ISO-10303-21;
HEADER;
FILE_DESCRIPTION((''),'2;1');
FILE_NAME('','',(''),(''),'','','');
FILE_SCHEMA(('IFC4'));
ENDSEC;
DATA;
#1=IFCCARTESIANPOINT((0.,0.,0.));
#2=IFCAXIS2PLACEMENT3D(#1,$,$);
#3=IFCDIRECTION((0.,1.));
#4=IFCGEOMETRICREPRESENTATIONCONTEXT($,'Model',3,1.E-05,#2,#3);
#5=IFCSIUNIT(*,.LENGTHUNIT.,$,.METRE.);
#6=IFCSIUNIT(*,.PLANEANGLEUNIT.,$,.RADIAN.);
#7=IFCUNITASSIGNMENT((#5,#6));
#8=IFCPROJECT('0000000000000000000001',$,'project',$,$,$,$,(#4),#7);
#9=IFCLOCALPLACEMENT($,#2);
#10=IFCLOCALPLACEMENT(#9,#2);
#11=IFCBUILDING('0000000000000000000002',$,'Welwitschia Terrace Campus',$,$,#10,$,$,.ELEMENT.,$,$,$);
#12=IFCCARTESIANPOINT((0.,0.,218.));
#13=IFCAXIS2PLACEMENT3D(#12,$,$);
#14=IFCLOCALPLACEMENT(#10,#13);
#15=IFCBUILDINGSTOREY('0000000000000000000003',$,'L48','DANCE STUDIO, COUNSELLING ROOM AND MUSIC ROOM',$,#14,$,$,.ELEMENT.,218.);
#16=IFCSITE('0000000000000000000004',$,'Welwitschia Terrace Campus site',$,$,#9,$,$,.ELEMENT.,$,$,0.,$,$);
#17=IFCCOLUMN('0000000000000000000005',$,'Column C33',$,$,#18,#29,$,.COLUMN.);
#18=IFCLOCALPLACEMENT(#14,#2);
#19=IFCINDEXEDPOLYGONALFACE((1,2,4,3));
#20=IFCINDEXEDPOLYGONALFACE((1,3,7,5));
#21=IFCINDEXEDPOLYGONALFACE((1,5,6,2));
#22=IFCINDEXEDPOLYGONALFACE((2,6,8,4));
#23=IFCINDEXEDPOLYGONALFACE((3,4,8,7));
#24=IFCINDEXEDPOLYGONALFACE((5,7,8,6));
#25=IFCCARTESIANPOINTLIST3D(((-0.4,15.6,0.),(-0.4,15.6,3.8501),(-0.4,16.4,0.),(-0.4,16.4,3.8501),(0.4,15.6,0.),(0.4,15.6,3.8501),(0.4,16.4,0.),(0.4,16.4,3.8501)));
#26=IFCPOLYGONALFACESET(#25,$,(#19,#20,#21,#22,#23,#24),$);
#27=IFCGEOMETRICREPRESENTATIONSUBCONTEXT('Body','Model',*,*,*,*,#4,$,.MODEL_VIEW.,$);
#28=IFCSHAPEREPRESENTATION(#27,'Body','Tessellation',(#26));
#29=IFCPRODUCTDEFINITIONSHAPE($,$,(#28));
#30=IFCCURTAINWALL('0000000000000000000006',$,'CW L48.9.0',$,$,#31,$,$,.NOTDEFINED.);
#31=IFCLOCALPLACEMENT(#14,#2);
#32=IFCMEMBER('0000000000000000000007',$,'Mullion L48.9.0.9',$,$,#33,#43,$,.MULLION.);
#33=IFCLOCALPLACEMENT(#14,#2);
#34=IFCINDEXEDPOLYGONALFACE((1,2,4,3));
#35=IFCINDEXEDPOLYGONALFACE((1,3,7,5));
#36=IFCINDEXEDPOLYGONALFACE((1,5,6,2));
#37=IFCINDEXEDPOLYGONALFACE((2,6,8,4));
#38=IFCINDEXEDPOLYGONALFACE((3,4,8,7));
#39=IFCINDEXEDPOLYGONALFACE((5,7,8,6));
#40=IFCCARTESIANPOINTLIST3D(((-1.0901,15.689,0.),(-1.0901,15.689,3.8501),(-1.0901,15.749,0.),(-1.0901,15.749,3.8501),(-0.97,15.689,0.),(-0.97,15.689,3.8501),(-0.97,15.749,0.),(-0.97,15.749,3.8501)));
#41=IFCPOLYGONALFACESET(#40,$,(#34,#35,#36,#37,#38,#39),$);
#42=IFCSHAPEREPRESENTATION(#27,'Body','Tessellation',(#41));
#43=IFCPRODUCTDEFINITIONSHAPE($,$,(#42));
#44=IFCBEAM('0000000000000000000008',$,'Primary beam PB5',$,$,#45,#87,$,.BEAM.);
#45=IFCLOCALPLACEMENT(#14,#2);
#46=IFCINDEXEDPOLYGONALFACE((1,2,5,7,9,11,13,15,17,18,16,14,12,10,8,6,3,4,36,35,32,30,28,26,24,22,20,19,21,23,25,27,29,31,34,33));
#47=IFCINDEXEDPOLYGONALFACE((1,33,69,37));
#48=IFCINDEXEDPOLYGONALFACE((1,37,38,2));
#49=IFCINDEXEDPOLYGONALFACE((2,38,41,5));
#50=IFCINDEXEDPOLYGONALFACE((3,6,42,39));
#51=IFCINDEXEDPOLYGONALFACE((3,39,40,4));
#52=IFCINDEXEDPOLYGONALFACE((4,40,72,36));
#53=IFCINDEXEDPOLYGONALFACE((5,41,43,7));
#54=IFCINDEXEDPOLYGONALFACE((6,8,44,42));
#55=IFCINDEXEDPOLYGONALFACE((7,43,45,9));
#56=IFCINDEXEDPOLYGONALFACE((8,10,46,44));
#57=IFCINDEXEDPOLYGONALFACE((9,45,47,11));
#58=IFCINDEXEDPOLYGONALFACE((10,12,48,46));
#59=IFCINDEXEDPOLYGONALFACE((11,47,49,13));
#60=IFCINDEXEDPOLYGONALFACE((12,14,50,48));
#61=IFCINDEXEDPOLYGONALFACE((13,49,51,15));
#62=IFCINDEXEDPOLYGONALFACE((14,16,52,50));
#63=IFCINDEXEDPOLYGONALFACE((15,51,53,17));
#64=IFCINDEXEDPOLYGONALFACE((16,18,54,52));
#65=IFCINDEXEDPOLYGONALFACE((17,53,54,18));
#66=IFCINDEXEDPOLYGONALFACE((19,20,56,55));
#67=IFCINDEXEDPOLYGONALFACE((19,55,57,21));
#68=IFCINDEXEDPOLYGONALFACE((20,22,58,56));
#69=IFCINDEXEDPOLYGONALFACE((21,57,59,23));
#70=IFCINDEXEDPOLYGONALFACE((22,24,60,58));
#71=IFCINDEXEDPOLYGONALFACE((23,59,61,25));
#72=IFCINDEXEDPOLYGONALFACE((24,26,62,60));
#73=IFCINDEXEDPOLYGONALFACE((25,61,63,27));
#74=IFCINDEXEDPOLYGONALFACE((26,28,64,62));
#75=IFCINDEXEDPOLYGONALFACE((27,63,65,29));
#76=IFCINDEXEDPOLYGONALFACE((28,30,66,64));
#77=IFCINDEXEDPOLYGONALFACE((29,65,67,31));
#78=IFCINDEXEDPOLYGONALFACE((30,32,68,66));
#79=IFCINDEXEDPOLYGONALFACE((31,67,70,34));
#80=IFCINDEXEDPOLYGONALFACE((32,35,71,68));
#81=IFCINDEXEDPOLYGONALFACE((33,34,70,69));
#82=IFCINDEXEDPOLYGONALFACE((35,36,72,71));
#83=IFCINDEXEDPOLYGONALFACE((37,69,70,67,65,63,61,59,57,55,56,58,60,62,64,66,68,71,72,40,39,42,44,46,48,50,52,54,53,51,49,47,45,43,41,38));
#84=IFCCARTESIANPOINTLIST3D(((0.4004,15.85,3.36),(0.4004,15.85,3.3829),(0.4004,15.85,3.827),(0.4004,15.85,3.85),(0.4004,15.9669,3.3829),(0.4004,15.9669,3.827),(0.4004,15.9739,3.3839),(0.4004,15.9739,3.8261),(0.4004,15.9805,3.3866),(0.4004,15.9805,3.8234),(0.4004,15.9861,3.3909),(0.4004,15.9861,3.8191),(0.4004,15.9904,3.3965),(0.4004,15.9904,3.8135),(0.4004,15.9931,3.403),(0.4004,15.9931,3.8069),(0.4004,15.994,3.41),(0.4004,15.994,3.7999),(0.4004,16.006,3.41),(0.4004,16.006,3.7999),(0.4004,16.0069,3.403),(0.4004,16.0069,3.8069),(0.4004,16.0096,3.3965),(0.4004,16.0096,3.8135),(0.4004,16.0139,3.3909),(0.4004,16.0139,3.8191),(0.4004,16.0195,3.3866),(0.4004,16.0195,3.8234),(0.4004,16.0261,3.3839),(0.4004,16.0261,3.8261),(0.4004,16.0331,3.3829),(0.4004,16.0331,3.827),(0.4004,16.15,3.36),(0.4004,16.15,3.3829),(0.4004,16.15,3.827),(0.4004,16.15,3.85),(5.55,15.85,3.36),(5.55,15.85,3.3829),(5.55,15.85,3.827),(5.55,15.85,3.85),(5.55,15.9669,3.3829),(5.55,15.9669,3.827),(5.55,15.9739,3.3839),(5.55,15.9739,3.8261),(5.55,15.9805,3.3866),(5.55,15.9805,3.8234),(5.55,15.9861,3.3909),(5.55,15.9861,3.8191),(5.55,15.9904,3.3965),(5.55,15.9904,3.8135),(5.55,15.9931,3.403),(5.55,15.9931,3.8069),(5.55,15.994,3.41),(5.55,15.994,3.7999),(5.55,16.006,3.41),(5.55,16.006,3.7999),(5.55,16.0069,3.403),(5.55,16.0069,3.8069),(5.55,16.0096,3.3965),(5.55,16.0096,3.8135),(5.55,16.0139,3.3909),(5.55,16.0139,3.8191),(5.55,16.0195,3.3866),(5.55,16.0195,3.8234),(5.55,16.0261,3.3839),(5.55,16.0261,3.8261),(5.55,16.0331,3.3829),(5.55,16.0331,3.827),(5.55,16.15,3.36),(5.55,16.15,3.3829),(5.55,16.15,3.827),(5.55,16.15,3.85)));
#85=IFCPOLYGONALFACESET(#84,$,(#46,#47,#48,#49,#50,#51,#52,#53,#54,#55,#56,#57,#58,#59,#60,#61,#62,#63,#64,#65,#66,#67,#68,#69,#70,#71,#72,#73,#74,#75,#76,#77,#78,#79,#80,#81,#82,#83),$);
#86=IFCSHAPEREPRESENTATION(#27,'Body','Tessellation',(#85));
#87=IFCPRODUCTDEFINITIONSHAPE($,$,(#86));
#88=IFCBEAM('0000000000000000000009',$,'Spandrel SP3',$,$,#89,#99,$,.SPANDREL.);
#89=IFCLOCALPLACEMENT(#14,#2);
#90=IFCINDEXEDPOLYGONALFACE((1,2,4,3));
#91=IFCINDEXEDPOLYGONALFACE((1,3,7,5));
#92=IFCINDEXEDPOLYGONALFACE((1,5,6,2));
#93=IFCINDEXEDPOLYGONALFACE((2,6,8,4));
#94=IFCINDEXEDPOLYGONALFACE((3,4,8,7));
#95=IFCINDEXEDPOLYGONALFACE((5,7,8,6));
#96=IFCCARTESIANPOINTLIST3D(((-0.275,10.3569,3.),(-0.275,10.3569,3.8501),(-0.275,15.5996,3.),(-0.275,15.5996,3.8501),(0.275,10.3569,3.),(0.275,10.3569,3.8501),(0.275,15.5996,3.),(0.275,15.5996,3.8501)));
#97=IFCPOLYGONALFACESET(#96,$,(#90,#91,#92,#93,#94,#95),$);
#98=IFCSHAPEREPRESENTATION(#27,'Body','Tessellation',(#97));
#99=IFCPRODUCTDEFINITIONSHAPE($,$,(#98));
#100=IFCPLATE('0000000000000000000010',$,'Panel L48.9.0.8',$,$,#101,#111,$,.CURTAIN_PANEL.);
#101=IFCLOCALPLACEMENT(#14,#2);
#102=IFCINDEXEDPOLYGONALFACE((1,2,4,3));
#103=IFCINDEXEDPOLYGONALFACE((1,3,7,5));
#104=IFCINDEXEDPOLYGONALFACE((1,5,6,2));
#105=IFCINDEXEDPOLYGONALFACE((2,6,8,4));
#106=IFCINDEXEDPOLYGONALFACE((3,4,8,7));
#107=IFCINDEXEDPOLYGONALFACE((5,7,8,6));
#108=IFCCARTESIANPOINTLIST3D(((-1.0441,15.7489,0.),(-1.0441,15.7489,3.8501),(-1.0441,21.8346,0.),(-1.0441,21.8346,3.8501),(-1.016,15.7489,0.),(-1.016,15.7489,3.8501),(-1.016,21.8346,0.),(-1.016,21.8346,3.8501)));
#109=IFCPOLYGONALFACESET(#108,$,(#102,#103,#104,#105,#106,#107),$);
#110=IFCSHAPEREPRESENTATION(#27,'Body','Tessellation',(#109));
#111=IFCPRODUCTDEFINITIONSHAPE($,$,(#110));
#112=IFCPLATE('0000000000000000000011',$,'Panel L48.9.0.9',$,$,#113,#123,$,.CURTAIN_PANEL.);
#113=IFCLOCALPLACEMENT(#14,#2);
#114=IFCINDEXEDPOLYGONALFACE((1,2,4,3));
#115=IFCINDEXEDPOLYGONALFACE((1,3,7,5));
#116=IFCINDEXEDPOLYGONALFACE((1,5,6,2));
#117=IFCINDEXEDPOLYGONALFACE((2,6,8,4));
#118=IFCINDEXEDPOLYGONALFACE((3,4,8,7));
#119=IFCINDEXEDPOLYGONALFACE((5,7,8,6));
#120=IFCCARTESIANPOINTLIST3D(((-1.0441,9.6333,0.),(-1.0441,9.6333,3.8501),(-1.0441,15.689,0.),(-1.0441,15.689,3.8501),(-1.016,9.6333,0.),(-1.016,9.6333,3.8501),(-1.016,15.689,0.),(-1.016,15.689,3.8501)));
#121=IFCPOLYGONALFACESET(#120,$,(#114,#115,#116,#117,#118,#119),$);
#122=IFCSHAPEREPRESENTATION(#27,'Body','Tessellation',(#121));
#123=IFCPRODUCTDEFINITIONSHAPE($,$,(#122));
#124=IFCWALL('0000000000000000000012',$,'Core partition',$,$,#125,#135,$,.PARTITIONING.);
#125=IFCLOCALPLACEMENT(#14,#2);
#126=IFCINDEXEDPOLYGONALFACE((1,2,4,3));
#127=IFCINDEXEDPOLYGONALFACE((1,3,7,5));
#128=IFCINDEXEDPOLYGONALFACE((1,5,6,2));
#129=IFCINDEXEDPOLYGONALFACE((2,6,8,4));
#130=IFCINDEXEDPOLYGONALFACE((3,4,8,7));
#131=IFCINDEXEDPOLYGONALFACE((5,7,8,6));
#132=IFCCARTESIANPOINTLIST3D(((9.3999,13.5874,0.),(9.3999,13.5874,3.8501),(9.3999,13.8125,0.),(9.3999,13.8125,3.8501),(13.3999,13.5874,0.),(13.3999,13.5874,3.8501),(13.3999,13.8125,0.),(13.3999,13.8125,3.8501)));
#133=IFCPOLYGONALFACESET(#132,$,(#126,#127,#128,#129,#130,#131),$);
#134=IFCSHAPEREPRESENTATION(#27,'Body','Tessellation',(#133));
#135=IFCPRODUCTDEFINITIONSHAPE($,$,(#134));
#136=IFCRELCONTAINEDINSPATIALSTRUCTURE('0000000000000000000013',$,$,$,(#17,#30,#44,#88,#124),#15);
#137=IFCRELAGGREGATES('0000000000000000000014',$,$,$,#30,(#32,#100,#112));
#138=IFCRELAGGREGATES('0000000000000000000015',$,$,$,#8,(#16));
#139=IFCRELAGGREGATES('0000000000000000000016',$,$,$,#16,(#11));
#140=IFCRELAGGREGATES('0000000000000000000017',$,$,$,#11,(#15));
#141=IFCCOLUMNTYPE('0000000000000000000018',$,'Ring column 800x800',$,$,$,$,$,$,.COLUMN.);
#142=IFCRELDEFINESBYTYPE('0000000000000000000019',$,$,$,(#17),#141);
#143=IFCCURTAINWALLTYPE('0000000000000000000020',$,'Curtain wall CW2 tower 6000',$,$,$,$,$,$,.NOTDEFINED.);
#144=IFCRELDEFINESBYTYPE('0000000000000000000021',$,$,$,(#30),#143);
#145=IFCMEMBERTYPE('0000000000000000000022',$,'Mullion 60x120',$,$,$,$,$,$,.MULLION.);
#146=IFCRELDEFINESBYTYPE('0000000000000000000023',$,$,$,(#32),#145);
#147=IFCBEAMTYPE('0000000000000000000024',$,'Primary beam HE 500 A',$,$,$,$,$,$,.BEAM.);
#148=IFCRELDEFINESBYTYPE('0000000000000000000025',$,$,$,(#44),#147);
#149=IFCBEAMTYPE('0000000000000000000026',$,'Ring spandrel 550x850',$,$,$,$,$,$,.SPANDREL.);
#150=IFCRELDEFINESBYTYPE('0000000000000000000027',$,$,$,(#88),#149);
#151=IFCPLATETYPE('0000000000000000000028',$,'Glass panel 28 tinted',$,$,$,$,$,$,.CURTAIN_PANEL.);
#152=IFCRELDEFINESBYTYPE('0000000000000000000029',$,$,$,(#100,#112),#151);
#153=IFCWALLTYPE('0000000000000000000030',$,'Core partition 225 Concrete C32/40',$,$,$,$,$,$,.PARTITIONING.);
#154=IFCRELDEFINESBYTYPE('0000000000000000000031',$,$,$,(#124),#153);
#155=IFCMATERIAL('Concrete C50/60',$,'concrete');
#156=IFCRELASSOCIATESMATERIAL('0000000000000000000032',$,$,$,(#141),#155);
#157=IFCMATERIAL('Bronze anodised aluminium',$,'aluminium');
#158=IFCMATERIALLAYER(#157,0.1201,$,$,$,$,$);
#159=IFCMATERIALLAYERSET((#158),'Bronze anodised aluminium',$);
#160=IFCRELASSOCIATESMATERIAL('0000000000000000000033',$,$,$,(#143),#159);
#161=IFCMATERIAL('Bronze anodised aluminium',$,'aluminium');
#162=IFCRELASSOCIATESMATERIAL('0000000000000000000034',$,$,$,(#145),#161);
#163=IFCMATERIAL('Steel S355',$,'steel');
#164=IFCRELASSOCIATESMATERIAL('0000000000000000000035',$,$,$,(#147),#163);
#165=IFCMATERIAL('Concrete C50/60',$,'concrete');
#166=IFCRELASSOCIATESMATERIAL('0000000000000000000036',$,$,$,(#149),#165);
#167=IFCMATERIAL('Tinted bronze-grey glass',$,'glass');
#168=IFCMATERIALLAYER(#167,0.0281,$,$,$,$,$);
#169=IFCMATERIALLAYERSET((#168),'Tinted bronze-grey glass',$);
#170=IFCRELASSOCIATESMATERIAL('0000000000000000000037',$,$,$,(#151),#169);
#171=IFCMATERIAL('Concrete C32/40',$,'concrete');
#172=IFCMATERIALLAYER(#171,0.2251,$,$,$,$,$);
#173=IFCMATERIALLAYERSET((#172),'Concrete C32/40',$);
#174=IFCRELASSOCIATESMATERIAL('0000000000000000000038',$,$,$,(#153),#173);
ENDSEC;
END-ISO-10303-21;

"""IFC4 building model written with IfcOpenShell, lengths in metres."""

from ifc_helpers import new_model, si_unit, direction, frame, frame_2d, origin, origin_2d, place, context, subcontext, project, spatial, rectangle, i_section, extrude, material, layer, layer_set, material_profile, profile_set, type_object, element, aggregate, save


model = new_model("IFC4")

# Units and contexts
model_context = context("Model", 3, precision=1e-05, world=origin(), true_north=direction((0.0, 1.0)))
body_context = subcontext(model_context, "Body", "Model", "MODEL_VIEW")
ifc_project = project(units=[si_unit("LENGTHUNIT", "METRE"), si_unit("PLANEANGLEUNIT", "RADIAN")], contexts=[model_context])

# Site, building, storey
site_placement = place(None, origin())
site = spatial("IfcSite", under=ifc_project, at=site_placement, Name="Welwitschia Terrace Campus site", CompositionType="ELEMENT", RefElevation=0.0)
building_placement = place(site_placement, origin())
building = spatial("IfcBuilding", under=site, at=building_placement, Name="Welwitschia Terrace Campus", CompositionType="ELEMENT")
storey_placement = place(building_placement, frame((0.0, 0.0, 218.0)))
storey = spatial("IfcBuildingStorey", under=building, at=storey_placement, Name="L48", Description="DANCE STUDIO, COUNSELLING ROOM AND MUSIC ROOM", CompositionType="ELEMENT", Elevation=218.0)

# Column
ifc_material_1 = material(Name="Concrete C50/60", Category="concrete")
ifc_material_profile_1 = material_profile(ifc_material_1, rectangle(XDim=0.8, YDim=0.8, at=origin_2d()))
ifc_profile_set_1 = profile_set([ifc_material_profile_1], Name="Concrete C50/60")
column_type = type_object("IfcColumnType", Name="Ring column 800x800", PredefinedType="COLUMN", material=ifc_profile_set_1)
column_placement = place(storey_placement, frame((0.0, 16.0, 0.0), z_axis=(0.0, 0.0, 1.0), x_axis=(1.0, 0.0, 0.0)))
element("IfcColumn", 1, at=column_placement, inside=storey, type_object=column_type, Name="Column C33", PredefinedType="COLUMN", context=body_context, shape_type="SweptSolid", body=[
    extrude(rectangle(XDim=0.8, YDim=0.8, at=origin_2d()), origin(), (0.0, 0.0, 1.0), 3.8501),
])

# Curtain wall, member
ifc_material_2 = material(Name="Bronze anodised aluminium", Category="aluminium")
ifc_layer_1 = layer(ifc_material_2, 0.1201)
ifc_layer_set_1 = layer_set([ifc_layer_1], Name="Bronze anodised aluminium")
curtain_wall_type = type_object("IfcCurtainWallType", Name="Curtain wall CW2 tower 6000", PredefinedType="NOTDEFINED", material=ifc_layer_set_1)
curtain_wall_placement = place(storey_placement, origin())
curtain_wall = element("IfcCurtainWall", 2, at=curtain_wall_placement, inside=storey, type_object=curtain_wall_type, Name="CW L48.9.0", PredefinedType="NOTDEFINED")
ifc_material_3 = material(Name="Bronze anodised aluminium", Category="aluminium")
ifc_material_profile_2 = material_profile(ifc_material_3, rectangle(XDim=0.1201, YDim=0.0601, at=origin_2d()))
ifc_profile_set_2 = profile_set([ifc_material_profile_2], Name="Bronze anodised aluminium")
member_type = type_object("IfcMemberType", Name="Mullion 60x120", PredefinedType="MULLION", material=ifc_profile_set_2)
member_placement = place(storey_placement, frame((-1.03, 15.719, 0.0), z_axis=(0.0, 0.0, 1.0), x_axis=(1.0, 0.0, 0.0)))
member = element("IfcMember", 3, at=member_placement, type_object=member_type, Name="Mullion L48.9.0.9", PredefinedType="MULLION", context=body_context, shape_type="SweptSolid", body=[
    extrude(rectangle(XDim=0.1201, YDim=0.0601, at=origin_2d()), origin(), (0.0, 0.0, 1.0), 3.8501),
])

# Beams
ifc_material_4 = material(Name="Steel S355", Category="steel")
ifc_material_profile_3 = material_profile(ifc_material_4, i_section(OverallWidth=0.3, OverallDepth=0.49, WebThickness=0.012, FlangeThickness=0.0229, FilletRadius=0.0271, at=origin_2d()))
ifc_profile_set_3 = profile_set([ifc_material_profile_3], Name="Steel S355")
beam_type_1 = type_object("IfcBeamType", Name="Primary beam HE 500 A", PredefinedType="BEAM", material=ifc_profile_set_3)
beam_1_placement = place(storey_placement, frame((0.4004, 16.0, 3.605), z_axis=(1.0, 0.0, 0.0), x_axis=(0.0, 1.0, 0.0)))
element("IfcBeam", 4, at=beam_1_placement, inside=storey, type_object=beam_type_1, Name="Primary beam PB5", PredefinedType="BEAM", context=body_context, shape_type="SweptSolid", body=[
    extrude(i_section(OverallWidth=0.3, OverallDepth=0.49, WebThickness=0.012, FlangeThickness=0.0229, FilletRadius=0.0271, at=origin_2d()), origin(), (0.0, 0.0, 1.0), 5.1497),
])
ifc_material_5 = material(Name="Concrete C50/60", Category="concrete")
ifc_material_profile_4 = material_profile(ifc_material_5, rectangle(XDim=0.55, YDim=0.8501, at=origin_2d()))
ifc_profile_set_4 = profile_set([ifc_material_profile_4], Name="Concrete C50/60")
beam_type_2 = type_object("IfcBeamType", Name="Ring spandrel 550x850", PredefinedType="SPANDREL", material=ifc_profile_set_4)
beam_2_placement = place(storey_placement, frame((0.0, 15.5996, 3.425), z_axis=(0.0, -1.0, 0.0), x_axis=(1.0, 0.0, 0.0)))
element("IfcBeam", 5, at=beam_2_placement, inside=storey, type_object=beam_type_2, Name="Spandrel SP3", PredefinedType="SPANDREL", context=body_context, shape_type="SweptSolid", body=[
    extrude(rectangle(XDim=0.55, YDim=0.8501, at=origin_2d()), origin(), (0.0, 0.0, 1.0), 5.2427),
])

# Plates
ifc_material_6 = material(Name="Tinted bronze-grey glass", Category="glass")
ifc_layer_2 = layer(ifc_material_6, 0.0281)
ifc_layer_set_2 = layer_set([ifc_layer_2], Name="Tinted bronze-grey glass")
plate_type = type_object("IfcPlateType", Name="Glass panel 28 tinted", PredefinedType="CURTAIN_PANEL", material=ifc_layer_set_2)
plate_1_placement = place(storey_placement, frame((-1.03, 18.7917, 0.0), z_axis=(0.0, 0.0, 1.0), x_axis=(0.0, -1.0, 0.0)))
plate_1 = element("IfcPlate", 6, at=plate_1_placement, type_object=plate_type, Name="Panel L48.9.0.8", PredefinedType="CURTAIN_PANEL", context=body_context, shape_type="SweptSolid", body=[
    extrude(rectangle(XDim=6.0857, YDim=0.0281, at=origin_2d()), origin(), (0.0, 0.0, 1.0), 3.8501),
])
plate_2_placement = place(storey_placement, frame((-1.03, 12.6611, 0.0), z_axis=(0.0, 0.0, 1.0), x_axis=(0.0, -1.0, 0.0)))
plate_2 = element("IfcPlate", 7, at=plate_2_placement, type_object=plate_type, Name="Panel L48.9.0.9", PredefinedType="CURTAIN_PANEL", context=body_context, shape_type="SweptSolid", body=[
    extrude(rectangle(XDim=6.0557, YDim=0.0281, at=origin_2d()), origin(), (0.0, 0.0, 1.0), 3.8501),
])
aggregate(curtain_wall, [member, plate_1, plate_2])

# Wall
ifc_material_7 = material(Name="Concrete C32/40", Category="concrete")
ifc_layer_3 = layer(ifc_material_7, 0.2251)
ifc_layer_set_3 = layer_set([ifc_layer_3], Name="Concrete C32/40")
wall_type_1 = type_object("IfcWallType", Name="Core partition 225 Concrete C32/40", PredefinedType="PARTITIONING", material=ifc_layer_set_3)
wall_1_placement = place(storey_placement, frame((9.3999, 13.7, 0.0), z_axis=(0.0, 0.0, 1.0), x_axis=(1.0, 0.0, 0.0)))
element("IfcWall", 8, at=wall_1_placement, inside=storey, type_object=wall_type_1, Name="Core partition", PredefinedType="PARTITIONING", context=body_context, shape_type="SweptSolid", body=[
    extrude(rectangle(XDim=4.0, YDim=0.2251, at=frame_2d((2.0, 0.0))), origin(), (0.0, 0.0, 1.0), 3.8501),
])

save(model, "model.ifc")
